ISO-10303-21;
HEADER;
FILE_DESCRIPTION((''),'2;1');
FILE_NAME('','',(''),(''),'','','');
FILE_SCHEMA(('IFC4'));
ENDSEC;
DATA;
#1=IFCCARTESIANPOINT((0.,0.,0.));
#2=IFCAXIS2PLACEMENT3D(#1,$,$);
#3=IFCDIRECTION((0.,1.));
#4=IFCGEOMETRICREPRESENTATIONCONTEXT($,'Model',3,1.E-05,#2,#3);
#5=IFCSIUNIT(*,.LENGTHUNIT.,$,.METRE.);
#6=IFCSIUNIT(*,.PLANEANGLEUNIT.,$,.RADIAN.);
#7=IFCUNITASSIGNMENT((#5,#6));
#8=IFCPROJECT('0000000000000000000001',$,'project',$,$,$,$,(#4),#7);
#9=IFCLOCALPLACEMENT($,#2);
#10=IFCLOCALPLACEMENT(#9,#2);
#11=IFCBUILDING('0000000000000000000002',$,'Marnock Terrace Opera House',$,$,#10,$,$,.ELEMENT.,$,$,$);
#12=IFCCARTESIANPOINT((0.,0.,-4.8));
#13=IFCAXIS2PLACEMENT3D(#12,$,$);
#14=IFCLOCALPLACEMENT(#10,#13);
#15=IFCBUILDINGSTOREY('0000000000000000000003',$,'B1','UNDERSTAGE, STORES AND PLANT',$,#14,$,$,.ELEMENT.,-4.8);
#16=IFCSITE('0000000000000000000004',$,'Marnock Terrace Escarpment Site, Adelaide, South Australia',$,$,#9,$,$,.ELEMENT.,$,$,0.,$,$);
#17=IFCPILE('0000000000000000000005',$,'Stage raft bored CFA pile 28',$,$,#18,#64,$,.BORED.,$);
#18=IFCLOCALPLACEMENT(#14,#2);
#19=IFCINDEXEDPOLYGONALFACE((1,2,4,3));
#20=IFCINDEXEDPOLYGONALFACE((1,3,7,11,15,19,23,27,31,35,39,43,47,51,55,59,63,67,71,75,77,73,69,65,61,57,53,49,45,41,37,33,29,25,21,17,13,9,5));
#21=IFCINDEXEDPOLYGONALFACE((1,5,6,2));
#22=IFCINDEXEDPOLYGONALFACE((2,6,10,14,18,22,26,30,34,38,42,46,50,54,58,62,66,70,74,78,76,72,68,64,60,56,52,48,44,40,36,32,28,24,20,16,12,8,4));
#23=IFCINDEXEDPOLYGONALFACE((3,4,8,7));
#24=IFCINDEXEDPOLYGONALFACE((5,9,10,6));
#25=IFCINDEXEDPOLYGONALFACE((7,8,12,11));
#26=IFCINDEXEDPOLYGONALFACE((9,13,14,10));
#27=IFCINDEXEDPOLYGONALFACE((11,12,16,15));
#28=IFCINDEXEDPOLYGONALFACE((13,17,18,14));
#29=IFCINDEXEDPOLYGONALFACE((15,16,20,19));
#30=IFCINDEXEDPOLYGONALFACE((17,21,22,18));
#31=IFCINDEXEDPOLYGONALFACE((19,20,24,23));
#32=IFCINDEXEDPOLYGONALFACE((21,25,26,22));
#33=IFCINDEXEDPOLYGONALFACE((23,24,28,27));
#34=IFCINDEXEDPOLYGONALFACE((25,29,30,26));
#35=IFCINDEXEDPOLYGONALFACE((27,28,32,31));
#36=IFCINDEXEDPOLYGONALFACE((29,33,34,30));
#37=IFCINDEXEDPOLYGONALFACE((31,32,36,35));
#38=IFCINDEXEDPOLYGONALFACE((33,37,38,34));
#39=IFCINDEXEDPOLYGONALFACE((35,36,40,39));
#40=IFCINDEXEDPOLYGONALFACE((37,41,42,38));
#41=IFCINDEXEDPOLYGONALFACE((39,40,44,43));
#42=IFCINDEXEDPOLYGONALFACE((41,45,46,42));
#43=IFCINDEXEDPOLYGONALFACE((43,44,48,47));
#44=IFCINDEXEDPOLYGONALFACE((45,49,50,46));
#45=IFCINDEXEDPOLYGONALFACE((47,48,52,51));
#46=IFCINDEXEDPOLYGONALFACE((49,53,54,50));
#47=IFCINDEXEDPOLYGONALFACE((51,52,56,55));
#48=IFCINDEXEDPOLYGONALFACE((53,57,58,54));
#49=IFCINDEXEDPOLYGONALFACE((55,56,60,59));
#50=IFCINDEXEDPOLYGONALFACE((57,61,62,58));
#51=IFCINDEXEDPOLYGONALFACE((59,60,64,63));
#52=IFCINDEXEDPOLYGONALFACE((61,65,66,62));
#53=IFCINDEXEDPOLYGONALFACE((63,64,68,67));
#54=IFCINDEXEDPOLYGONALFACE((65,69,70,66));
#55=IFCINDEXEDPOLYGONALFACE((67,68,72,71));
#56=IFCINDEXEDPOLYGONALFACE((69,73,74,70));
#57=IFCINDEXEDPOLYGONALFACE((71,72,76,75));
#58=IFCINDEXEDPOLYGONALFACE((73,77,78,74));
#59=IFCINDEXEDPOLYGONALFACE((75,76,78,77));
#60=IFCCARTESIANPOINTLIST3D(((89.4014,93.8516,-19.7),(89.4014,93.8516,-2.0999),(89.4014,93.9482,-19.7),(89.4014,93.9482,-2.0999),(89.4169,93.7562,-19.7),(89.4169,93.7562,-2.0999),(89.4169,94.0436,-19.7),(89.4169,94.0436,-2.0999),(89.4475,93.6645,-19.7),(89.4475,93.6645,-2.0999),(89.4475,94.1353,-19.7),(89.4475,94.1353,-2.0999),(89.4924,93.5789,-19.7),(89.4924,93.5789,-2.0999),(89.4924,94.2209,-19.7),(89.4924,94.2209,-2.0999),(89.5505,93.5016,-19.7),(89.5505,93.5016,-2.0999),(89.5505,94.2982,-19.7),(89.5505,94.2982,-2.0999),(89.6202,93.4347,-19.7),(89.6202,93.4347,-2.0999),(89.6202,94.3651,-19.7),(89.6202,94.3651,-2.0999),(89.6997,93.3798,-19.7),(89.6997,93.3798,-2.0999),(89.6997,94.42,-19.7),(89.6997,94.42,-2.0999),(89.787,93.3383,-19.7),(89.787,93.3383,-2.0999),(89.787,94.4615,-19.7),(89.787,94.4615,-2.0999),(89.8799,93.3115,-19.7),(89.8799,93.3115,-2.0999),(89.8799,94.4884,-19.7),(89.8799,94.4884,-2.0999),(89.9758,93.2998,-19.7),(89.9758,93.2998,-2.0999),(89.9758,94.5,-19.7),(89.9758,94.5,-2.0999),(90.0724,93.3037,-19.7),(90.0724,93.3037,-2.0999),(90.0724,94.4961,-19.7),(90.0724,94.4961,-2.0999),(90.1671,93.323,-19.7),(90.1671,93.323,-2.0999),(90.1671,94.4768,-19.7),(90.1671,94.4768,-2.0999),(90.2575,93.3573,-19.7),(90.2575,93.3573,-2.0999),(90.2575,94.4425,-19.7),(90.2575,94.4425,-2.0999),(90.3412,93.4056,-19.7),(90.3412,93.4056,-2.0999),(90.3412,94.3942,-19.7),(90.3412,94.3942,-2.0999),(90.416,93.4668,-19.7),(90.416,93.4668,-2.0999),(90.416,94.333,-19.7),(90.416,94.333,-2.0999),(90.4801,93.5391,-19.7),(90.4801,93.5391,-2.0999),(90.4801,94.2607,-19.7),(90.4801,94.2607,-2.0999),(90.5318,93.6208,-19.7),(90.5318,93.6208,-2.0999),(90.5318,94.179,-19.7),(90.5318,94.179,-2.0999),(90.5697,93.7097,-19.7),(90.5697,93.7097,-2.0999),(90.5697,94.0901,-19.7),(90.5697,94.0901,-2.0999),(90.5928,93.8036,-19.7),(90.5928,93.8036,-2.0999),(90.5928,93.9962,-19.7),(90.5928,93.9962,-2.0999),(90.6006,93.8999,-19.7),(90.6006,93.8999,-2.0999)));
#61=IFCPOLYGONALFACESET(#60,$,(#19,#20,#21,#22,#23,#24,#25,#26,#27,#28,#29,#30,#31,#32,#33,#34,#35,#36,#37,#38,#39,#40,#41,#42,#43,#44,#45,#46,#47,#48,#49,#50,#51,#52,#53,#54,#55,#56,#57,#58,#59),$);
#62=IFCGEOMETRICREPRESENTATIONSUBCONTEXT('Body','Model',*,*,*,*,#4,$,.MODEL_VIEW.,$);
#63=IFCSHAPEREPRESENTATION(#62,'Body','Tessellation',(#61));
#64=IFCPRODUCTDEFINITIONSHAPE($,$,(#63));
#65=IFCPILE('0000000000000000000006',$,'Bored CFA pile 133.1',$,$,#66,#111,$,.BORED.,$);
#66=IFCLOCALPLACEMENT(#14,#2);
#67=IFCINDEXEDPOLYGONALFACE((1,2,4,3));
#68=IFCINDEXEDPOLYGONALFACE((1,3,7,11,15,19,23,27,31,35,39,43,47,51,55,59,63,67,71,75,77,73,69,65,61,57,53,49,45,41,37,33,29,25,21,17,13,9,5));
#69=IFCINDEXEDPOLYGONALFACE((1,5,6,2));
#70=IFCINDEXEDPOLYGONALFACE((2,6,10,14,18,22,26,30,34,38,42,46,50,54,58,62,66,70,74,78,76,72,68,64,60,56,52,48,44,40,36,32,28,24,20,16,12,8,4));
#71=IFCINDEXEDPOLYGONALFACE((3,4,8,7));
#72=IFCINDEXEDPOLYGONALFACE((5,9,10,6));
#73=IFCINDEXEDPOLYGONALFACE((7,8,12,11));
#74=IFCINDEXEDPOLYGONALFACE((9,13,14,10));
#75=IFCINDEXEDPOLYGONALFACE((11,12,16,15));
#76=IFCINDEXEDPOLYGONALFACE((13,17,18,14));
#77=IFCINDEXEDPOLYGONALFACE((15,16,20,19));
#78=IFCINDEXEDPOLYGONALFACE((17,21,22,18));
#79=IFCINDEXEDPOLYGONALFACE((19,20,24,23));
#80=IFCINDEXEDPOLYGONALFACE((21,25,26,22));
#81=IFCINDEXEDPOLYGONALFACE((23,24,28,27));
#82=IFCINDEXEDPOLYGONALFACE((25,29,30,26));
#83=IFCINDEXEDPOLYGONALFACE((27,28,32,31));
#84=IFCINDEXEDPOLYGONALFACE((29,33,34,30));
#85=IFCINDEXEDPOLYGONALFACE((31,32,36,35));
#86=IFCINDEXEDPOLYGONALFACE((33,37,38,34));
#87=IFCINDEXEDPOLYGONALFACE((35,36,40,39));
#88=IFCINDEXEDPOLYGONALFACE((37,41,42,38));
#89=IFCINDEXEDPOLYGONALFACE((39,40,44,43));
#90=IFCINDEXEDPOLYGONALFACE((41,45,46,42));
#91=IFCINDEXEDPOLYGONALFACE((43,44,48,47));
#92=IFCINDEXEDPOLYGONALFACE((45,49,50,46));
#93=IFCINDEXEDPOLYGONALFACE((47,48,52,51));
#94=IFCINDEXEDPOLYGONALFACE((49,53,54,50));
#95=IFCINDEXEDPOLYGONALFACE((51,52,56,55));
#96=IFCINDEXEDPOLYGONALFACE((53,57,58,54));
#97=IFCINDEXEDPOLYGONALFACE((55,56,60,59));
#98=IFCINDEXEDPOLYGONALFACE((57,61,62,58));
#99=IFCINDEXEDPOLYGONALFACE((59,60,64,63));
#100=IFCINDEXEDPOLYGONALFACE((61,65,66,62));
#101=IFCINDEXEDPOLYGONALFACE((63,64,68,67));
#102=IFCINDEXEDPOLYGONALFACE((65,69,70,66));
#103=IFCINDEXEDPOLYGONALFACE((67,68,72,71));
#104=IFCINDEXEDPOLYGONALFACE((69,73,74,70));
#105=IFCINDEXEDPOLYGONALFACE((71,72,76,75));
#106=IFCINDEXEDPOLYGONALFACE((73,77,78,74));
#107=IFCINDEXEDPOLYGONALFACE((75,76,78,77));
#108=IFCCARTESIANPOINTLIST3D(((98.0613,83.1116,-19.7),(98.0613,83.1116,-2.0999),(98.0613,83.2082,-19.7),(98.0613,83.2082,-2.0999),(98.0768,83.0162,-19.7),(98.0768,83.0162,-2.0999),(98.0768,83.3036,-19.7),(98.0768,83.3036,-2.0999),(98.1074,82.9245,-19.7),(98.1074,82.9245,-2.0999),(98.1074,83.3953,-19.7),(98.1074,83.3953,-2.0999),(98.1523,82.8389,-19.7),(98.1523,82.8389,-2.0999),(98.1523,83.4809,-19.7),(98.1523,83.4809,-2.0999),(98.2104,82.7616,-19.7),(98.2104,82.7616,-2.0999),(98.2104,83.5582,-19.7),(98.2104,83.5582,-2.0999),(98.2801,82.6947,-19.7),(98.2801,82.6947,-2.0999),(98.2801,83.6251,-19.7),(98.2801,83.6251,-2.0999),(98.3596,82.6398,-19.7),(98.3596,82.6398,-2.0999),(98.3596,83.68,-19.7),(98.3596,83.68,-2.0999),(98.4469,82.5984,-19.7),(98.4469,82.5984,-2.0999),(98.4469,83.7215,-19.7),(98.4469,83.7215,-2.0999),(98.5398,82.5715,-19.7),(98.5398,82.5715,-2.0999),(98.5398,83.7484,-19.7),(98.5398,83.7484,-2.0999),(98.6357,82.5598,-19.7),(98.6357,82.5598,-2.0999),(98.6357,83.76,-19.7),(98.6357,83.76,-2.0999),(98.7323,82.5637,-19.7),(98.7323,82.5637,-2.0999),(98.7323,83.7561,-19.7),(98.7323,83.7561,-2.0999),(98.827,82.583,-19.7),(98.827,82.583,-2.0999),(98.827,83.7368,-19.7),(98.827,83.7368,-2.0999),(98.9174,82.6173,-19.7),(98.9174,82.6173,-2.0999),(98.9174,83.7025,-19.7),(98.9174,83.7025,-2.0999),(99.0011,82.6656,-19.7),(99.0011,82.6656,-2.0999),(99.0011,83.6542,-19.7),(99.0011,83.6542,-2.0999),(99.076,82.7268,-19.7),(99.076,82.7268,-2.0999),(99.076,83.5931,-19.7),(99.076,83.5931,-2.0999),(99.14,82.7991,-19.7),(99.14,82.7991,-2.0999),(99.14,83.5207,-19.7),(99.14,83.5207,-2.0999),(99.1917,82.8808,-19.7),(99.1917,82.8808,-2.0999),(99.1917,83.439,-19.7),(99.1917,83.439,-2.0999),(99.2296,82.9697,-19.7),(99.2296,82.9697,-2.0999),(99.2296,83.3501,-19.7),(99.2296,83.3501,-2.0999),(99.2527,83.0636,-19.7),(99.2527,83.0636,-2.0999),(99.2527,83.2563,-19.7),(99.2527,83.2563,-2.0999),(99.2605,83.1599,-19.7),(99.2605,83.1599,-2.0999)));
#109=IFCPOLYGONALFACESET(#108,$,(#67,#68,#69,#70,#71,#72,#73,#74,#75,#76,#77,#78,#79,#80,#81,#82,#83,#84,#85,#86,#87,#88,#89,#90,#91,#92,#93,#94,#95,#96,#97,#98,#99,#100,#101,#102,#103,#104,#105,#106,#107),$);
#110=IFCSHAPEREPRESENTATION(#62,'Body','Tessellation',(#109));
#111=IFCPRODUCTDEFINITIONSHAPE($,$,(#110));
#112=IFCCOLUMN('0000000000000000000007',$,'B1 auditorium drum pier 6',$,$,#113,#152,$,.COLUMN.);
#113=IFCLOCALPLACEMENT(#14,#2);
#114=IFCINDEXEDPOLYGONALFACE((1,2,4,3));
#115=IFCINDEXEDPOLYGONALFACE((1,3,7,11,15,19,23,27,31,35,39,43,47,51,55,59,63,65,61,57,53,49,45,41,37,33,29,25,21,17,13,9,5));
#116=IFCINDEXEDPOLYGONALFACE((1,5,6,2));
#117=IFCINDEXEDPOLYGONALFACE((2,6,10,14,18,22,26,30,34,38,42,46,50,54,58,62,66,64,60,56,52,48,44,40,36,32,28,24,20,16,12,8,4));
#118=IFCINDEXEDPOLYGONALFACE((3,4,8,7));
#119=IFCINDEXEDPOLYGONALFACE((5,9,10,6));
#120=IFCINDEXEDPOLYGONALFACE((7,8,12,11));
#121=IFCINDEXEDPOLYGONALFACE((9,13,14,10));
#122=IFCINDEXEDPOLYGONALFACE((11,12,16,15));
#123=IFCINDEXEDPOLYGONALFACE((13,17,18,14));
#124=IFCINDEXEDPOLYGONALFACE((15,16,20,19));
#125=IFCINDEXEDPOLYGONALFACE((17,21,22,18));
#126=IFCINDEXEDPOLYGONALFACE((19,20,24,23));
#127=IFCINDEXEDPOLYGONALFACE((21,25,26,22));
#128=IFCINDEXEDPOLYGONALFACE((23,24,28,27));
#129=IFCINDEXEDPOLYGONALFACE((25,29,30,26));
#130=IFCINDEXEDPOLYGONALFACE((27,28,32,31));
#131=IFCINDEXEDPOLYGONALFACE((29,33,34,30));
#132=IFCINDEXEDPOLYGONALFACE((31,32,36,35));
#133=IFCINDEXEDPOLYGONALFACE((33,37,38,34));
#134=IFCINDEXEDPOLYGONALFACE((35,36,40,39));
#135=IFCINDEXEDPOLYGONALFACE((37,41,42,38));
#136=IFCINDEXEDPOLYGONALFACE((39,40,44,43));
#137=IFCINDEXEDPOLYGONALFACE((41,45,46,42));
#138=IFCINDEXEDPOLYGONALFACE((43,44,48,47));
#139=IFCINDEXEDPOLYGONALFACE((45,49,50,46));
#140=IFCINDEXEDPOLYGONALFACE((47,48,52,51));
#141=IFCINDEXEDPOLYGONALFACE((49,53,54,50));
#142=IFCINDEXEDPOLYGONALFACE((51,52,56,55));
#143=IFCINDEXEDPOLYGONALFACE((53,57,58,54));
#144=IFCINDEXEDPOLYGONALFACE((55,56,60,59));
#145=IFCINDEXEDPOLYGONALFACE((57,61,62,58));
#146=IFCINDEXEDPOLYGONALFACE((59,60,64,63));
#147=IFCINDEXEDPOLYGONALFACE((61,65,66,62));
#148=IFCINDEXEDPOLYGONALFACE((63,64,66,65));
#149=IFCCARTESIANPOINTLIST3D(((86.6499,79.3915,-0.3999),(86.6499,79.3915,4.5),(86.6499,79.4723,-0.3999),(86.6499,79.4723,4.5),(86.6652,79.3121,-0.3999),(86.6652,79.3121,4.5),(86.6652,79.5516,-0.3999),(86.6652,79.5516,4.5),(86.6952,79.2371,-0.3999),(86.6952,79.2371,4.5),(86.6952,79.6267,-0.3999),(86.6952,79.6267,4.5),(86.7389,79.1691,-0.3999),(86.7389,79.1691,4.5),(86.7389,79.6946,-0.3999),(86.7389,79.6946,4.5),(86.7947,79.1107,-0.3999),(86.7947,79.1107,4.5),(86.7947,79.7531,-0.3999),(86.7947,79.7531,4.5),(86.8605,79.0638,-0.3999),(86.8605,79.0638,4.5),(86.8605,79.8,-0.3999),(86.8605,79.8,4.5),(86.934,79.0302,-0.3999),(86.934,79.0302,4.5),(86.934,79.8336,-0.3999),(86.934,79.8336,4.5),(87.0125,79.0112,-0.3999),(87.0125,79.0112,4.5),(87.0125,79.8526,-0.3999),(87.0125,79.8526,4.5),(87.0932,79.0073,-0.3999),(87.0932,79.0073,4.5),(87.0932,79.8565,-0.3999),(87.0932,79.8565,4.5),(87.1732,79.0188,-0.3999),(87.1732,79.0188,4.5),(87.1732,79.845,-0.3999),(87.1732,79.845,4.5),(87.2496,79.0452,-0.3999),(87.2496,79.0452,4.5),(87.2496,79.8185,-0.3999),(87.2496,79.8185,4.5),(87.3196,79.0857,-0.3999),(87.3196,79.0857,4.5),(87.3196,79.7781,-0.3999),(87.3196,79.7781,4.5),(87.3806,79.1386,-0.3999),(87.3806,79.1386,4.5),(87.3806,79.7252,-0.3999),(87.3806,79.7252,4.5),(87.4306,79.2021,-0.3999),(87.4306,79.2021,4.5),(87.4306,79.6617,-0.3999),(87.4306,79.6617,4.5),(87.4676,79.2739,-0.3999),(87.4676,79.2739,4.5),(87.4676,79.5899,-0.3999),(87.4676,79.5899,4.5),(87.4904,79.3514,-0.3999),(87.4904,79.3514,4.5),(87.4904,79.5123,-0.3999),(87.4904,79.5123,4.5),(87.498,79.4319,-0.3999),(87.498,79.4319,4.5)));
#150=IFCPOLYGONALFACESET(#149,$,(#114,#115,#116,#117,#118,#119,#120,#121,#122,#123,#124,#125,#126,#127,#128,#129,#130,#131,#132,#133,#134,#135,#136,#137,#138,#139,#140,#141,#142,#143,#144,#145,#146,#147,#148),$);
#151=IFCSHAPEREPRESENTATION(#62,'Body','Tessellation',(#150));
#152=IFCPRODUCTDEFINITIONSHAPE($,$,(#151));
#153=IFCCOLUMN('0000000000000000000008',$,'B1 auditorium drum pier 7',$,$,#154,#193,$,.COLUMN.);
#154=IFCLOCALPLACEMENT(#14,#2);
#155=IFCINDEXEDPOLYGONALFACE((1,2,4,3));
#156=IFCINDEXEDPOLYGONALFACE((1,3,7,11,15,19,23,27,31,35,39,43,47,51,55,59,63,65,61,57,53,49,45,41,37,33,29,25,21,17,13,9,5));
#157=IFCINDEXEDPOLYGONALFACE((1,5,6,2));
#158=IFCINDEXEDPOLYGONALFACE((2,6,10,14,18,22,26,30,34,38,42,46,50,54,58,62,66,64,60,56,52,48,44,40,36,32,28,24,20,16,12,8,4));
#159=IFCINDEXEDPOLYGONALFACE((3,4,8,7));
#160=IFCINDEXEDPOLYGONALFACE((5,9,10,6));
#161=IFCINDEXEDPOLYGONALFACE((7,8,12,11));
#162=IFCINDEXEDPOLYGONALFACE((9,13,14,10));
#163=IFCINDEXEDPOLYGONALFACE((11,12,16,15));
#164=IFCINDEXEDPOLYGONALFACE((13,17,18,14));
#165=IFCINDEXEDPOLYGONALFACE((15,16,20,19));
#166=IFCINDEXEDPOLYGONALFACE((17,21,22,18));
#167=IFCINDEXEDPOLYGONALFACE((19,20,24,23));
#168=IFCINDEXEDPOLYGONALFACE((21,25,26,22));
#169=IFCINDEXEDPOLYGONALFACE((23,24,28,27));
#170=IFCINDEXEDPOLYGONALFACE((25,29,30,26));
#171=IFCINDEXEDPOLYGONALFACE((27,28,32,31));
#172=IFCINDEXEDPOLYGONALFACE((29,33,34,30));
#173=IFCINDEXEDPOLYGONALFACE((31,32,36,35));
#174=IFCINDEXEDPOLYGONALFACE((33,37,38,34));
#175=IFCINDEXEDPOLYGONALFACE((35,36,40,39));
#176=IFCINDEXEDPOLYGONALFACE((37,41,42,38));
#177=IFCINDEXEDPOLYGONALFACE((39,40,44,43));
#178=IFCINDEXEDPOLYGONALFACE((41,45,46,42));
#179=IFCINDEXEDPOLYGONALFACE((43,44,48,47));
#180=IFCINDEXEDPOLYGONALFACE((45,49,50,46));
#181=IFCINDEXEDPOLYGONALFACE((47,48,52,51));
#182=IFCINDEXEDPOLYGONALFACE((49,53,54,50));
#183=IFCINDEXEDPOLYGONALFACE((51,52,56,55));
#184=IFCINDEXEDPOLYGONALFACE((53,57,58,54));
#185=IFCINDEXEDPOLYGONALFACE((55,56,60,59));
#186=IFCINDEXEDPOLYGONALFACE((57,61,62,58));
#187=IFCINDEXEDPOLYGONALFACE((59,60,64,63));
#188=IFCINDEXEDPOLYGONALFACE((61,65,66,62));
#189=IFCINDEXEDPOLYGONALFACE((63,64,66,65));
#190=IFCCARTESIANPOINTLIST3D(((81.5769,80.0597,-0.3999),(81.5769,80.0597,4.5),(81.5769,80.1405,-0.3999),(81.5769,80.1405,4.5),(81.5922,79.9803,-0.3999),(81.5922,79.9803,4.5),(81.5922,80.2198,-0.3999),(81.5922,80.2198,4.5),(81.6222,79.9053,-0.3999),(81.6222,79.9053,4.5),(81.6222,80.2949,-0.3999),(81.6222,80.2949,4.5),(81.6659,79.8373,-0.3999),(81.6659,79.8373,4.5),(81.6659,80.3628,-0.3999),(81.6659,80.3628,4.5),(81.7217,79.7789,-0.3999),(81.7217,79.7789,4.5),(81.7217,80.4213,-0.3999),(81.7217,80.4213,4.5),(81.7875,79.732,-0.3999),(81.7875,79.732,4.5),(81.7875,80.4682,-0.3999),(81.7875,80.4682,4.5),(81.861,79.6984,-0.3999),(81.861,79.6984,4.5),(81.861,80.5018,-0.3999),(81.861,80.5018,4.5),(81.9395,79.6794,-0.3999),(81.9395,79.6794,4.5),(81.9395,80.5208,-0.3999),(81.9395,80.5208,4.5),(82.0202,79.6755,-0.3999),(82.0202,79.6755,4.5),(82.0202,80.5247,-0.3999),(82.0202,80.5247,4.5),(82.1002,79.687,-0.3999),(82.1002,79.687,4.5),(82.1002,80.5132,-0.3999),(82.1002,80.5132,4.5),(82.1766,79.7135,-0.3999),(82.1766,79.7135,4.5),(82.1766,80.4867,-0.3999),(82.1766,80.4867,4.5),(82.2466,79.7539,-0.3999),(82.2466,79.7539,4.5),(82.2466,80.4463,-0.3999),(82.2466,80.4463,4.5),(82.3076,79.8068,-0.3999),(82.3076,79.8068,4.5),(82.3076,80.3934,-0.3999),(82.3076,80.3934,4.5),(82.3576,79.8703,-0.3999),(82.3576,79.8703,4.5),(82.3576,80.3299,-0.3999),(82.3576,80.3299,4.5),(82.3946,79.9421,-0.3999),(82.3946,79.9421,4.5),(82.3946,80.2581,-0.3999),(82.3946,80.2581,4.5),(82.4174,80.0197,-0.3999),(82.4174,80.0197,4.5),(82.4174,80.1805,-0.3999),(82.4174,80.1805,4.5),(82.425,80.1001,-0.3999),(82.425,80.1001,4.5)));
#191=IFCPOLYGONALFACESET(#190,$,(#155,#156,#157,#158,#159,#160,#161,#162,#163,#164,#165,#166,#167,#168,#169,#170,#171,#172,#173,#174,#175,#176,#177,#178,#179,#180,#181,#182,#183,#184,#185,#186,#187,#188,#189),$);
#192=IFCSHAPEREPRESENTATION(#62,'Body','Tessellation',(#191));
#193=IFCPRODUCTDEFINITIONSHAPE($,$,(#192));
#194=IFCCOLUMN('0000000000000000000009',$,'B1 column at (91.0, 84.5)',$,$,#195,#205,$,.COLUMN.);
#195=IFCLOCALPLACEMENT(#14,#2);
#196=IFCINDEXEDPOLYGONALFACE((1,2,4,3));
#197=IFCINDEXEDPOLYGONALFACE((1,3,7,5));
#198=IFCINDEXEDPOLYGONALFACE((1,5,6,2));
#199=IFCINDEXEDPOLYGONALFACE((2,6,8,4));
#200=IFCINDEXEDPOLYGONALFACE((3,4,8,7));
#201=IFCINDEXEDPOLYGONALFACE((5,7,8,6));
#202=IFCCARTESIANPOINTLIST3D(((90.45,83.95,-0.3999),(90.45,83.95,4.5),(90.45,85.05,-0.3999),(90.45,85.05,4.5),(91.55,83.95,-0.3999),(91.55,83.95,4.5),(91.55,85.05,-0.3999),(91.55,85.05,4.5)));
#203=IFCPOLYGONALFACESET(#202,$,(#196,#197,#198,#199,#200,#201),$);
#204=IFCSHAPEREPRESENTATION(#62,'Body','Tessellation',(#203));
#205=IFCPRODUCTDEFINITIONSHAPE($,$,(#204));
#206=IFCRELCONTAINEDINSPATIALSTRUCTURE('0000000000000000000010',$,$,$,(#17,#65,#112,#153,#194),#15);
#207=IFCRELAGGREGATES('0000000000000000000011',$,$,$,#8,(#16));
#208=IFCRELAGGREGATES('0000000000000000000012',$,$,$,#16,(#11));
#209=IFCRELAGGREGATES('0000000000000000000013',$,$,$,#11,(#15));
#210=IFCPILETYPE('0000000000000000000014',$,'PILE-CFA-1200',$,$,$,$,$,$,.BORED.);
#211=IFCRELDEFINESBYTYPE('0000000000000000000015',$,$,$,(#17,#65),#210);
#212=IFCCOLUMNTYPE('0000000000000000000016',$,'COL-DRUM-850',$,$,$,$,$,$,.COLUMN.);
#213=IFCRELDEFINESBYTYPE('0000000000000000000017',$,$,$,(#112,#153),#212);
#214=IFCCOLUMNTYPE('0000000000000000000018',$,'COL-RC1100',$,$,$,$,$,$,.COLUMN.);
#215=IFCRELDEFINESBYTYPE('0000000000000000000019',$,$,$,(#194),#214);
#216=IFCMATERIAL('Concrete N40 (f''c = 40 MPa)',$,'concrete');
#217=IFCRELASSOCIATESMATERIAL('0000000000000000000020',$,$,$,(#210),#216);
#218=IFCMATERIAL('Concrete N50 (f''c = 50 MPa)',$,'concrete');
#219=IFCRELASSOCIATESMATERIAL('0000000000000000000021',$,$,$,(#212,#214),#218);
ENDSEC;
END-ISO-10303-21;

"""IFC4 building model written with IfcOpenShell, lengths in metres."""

from ifc_helpers import new_model, si_unit, direction, frame, origin, origin_2d, place, context, subcontext, project, spatial, rectangle, circle, extrude, material, material_profile, profile_set, type_object, element, save


model = new_model("IFC4")

# Units and contexts
model_context = context("Model", 3, precision=1e-05, world=origin(), true_north=direction((0.0, 1.0)))
body_context = subcontext(model_context, "Body", "Model", "MODEL_VIEW")
ifc_project = project(units=[si_unit("LENGTHUNIT", "METRE"), si_unit("PLANEANGLEUNIT", "RADIAN")], contexts=[model_context])

# Site, building, storey
site_placement = place(None, origin())
site = spatial("IfcSite", under=ifc_project, at=site_placement, Name="Marnock Terrace Escarpment Site, Adelaide, South Australia", CompositionType="ELEMENT", RefElevation=0.0)
building_placement = place(site_placement, origin())
building = spatial("IfcBuilding", under=site, at=building_placement, Name="Marnock Terrace Opera House", CompositionType="ELEMENT")
storey_placement = place(building_placement, frame((0.0, 0.0, -4.8)))
storey = spatial("IfcBuildingStorey", under=building, at=storey_placement, Name="B1", Description="UNDERSTAGE, STORES AND PLANT", CompositionType="ELEMENT", Elevation=-4.8)

# Shared definitions
ifc_material_1 = material(Name="Concrete N40 (f'c = 40 MPa)", Category="concrete")

# Piles
ifc_material_profile_1 = material_profile(ifc_material_1, circle(Radius=0.6006, at=origin_2d()))
ifc_profile_set_1 = profile_set([ifc_material_profile_1], Name="Concrete N40 (f'c = 40 MPa)")
pile_type = type_object("IfcPileType", Name="PILE-CFA-1200", PredefinedType="BORED", material=ifc_profile_set_1)
for number, where, z_axis, x_axis, name in (
    (1, (90.0, 93.8999, -2.0999), (0.0, 0.0, -1.0), (1.0, 0.0, 0.0), "Stage raft bored CFA pile 28"),
    (2, (98.6599, 83.1599, -2.0999), (0.0, 0.0, -1.0), (1.0, 0.0, 0.0), "Bored CFA pile 133.1"),
):
    element("IfcPile", number, at=place(storey_placement, frame(where, z_axis=z_axis, x_axis=x_axis)), inside=storey, type_object=pile_type, Name=name, PredefinedType="BORED", context=body_context, shape_type="SweptSolid", body=[
        extrude(circle(Radius=0.6006, at=origin_2d()), origin(), (0.0, 0.0, 1.0), 17.6001),
    ])

# Columns
ifc_material_2 = material(Name="Concrete N50 (f'c = 50 MPa)", Category="concrete")
ifc_material_profile_2 = material_profile(ifc_material_2, circle(Radius=0.425, at=origin_2d()))
ifc_profile_set_2 = profile_set([ifc_material_profile_2], Name="Concrete N50 (f'c = 50 MPa)")
column_type_1 = type_object("IfcColumnType", Name="COL-DRUM-850", PredefinedType="COLUMN", material=ifc_profile_set_2)
for number, where, z_axis, x_axis, name in (
    (3, (87.073, 79.4319, -0.3999), (0.0, 0.0, 1.0), (1.0, 0.0, 0.0), "B1 auditorium drum pier 6"),
    (4, (82.0, 80.1001, -0.3999), (0.0, 0.0, 1.0), (1.0, 0.0, 0.0), "B1 auditorium drum pier 7"),
):
    element("IfcColumn", number, at=place(storey_placement, frame(where, z_axis=z_axis, x_axis=x_axis)), inside=storey, type_object=column_type_1, Name=name, PredefinedType="COLUMN", context=body_context, shape_type="SweptSolid", body=[
        extrude(circle(Radius=0.425, at=origin_2d()), origin(), (0.0, 0.0, 1.0), 4.8999),
    ])
ifc_material_profile_3 = material_profile(ifc_material_2, rectangle(XDim=1.1001, YDim=1.1001, at=origin_2d()))
ifc_profile_set_3 = profile_set([ifc_material_profile_3], Name="Concrete N50 (f'c = 50 MPa)")
column_type_2 = type_object("IfcColumnType", Name="COL-RC1100", PredefinedType="COLUMN", material=ifc_profile_set_3)
for number, where, z_axis, x_axis, name in (
    (5, (91.0, 84.5, -0.3999), (0.0, 0.0, 1.0), (1.0, 0.0, 0.0), "B1 column at (91.0, 84.5)"),
):
    element("IfcColumn", number, at=place(storey_placement, frame(where, z_axis=z_axis, x_axis=x_axis)), inside=storey, type_object=column_type_2, Name=name, PredefinedType="COLUMN", context=body_context, shape_type="SweptSolid", body=[
        extrude(rectangle(XDim=1.1001, YDim=1.1001, at=origin_2d()), origin(), (0.0, 0.0, 1.0), 4.8999),
    ])

save(model, "model.ifc")
